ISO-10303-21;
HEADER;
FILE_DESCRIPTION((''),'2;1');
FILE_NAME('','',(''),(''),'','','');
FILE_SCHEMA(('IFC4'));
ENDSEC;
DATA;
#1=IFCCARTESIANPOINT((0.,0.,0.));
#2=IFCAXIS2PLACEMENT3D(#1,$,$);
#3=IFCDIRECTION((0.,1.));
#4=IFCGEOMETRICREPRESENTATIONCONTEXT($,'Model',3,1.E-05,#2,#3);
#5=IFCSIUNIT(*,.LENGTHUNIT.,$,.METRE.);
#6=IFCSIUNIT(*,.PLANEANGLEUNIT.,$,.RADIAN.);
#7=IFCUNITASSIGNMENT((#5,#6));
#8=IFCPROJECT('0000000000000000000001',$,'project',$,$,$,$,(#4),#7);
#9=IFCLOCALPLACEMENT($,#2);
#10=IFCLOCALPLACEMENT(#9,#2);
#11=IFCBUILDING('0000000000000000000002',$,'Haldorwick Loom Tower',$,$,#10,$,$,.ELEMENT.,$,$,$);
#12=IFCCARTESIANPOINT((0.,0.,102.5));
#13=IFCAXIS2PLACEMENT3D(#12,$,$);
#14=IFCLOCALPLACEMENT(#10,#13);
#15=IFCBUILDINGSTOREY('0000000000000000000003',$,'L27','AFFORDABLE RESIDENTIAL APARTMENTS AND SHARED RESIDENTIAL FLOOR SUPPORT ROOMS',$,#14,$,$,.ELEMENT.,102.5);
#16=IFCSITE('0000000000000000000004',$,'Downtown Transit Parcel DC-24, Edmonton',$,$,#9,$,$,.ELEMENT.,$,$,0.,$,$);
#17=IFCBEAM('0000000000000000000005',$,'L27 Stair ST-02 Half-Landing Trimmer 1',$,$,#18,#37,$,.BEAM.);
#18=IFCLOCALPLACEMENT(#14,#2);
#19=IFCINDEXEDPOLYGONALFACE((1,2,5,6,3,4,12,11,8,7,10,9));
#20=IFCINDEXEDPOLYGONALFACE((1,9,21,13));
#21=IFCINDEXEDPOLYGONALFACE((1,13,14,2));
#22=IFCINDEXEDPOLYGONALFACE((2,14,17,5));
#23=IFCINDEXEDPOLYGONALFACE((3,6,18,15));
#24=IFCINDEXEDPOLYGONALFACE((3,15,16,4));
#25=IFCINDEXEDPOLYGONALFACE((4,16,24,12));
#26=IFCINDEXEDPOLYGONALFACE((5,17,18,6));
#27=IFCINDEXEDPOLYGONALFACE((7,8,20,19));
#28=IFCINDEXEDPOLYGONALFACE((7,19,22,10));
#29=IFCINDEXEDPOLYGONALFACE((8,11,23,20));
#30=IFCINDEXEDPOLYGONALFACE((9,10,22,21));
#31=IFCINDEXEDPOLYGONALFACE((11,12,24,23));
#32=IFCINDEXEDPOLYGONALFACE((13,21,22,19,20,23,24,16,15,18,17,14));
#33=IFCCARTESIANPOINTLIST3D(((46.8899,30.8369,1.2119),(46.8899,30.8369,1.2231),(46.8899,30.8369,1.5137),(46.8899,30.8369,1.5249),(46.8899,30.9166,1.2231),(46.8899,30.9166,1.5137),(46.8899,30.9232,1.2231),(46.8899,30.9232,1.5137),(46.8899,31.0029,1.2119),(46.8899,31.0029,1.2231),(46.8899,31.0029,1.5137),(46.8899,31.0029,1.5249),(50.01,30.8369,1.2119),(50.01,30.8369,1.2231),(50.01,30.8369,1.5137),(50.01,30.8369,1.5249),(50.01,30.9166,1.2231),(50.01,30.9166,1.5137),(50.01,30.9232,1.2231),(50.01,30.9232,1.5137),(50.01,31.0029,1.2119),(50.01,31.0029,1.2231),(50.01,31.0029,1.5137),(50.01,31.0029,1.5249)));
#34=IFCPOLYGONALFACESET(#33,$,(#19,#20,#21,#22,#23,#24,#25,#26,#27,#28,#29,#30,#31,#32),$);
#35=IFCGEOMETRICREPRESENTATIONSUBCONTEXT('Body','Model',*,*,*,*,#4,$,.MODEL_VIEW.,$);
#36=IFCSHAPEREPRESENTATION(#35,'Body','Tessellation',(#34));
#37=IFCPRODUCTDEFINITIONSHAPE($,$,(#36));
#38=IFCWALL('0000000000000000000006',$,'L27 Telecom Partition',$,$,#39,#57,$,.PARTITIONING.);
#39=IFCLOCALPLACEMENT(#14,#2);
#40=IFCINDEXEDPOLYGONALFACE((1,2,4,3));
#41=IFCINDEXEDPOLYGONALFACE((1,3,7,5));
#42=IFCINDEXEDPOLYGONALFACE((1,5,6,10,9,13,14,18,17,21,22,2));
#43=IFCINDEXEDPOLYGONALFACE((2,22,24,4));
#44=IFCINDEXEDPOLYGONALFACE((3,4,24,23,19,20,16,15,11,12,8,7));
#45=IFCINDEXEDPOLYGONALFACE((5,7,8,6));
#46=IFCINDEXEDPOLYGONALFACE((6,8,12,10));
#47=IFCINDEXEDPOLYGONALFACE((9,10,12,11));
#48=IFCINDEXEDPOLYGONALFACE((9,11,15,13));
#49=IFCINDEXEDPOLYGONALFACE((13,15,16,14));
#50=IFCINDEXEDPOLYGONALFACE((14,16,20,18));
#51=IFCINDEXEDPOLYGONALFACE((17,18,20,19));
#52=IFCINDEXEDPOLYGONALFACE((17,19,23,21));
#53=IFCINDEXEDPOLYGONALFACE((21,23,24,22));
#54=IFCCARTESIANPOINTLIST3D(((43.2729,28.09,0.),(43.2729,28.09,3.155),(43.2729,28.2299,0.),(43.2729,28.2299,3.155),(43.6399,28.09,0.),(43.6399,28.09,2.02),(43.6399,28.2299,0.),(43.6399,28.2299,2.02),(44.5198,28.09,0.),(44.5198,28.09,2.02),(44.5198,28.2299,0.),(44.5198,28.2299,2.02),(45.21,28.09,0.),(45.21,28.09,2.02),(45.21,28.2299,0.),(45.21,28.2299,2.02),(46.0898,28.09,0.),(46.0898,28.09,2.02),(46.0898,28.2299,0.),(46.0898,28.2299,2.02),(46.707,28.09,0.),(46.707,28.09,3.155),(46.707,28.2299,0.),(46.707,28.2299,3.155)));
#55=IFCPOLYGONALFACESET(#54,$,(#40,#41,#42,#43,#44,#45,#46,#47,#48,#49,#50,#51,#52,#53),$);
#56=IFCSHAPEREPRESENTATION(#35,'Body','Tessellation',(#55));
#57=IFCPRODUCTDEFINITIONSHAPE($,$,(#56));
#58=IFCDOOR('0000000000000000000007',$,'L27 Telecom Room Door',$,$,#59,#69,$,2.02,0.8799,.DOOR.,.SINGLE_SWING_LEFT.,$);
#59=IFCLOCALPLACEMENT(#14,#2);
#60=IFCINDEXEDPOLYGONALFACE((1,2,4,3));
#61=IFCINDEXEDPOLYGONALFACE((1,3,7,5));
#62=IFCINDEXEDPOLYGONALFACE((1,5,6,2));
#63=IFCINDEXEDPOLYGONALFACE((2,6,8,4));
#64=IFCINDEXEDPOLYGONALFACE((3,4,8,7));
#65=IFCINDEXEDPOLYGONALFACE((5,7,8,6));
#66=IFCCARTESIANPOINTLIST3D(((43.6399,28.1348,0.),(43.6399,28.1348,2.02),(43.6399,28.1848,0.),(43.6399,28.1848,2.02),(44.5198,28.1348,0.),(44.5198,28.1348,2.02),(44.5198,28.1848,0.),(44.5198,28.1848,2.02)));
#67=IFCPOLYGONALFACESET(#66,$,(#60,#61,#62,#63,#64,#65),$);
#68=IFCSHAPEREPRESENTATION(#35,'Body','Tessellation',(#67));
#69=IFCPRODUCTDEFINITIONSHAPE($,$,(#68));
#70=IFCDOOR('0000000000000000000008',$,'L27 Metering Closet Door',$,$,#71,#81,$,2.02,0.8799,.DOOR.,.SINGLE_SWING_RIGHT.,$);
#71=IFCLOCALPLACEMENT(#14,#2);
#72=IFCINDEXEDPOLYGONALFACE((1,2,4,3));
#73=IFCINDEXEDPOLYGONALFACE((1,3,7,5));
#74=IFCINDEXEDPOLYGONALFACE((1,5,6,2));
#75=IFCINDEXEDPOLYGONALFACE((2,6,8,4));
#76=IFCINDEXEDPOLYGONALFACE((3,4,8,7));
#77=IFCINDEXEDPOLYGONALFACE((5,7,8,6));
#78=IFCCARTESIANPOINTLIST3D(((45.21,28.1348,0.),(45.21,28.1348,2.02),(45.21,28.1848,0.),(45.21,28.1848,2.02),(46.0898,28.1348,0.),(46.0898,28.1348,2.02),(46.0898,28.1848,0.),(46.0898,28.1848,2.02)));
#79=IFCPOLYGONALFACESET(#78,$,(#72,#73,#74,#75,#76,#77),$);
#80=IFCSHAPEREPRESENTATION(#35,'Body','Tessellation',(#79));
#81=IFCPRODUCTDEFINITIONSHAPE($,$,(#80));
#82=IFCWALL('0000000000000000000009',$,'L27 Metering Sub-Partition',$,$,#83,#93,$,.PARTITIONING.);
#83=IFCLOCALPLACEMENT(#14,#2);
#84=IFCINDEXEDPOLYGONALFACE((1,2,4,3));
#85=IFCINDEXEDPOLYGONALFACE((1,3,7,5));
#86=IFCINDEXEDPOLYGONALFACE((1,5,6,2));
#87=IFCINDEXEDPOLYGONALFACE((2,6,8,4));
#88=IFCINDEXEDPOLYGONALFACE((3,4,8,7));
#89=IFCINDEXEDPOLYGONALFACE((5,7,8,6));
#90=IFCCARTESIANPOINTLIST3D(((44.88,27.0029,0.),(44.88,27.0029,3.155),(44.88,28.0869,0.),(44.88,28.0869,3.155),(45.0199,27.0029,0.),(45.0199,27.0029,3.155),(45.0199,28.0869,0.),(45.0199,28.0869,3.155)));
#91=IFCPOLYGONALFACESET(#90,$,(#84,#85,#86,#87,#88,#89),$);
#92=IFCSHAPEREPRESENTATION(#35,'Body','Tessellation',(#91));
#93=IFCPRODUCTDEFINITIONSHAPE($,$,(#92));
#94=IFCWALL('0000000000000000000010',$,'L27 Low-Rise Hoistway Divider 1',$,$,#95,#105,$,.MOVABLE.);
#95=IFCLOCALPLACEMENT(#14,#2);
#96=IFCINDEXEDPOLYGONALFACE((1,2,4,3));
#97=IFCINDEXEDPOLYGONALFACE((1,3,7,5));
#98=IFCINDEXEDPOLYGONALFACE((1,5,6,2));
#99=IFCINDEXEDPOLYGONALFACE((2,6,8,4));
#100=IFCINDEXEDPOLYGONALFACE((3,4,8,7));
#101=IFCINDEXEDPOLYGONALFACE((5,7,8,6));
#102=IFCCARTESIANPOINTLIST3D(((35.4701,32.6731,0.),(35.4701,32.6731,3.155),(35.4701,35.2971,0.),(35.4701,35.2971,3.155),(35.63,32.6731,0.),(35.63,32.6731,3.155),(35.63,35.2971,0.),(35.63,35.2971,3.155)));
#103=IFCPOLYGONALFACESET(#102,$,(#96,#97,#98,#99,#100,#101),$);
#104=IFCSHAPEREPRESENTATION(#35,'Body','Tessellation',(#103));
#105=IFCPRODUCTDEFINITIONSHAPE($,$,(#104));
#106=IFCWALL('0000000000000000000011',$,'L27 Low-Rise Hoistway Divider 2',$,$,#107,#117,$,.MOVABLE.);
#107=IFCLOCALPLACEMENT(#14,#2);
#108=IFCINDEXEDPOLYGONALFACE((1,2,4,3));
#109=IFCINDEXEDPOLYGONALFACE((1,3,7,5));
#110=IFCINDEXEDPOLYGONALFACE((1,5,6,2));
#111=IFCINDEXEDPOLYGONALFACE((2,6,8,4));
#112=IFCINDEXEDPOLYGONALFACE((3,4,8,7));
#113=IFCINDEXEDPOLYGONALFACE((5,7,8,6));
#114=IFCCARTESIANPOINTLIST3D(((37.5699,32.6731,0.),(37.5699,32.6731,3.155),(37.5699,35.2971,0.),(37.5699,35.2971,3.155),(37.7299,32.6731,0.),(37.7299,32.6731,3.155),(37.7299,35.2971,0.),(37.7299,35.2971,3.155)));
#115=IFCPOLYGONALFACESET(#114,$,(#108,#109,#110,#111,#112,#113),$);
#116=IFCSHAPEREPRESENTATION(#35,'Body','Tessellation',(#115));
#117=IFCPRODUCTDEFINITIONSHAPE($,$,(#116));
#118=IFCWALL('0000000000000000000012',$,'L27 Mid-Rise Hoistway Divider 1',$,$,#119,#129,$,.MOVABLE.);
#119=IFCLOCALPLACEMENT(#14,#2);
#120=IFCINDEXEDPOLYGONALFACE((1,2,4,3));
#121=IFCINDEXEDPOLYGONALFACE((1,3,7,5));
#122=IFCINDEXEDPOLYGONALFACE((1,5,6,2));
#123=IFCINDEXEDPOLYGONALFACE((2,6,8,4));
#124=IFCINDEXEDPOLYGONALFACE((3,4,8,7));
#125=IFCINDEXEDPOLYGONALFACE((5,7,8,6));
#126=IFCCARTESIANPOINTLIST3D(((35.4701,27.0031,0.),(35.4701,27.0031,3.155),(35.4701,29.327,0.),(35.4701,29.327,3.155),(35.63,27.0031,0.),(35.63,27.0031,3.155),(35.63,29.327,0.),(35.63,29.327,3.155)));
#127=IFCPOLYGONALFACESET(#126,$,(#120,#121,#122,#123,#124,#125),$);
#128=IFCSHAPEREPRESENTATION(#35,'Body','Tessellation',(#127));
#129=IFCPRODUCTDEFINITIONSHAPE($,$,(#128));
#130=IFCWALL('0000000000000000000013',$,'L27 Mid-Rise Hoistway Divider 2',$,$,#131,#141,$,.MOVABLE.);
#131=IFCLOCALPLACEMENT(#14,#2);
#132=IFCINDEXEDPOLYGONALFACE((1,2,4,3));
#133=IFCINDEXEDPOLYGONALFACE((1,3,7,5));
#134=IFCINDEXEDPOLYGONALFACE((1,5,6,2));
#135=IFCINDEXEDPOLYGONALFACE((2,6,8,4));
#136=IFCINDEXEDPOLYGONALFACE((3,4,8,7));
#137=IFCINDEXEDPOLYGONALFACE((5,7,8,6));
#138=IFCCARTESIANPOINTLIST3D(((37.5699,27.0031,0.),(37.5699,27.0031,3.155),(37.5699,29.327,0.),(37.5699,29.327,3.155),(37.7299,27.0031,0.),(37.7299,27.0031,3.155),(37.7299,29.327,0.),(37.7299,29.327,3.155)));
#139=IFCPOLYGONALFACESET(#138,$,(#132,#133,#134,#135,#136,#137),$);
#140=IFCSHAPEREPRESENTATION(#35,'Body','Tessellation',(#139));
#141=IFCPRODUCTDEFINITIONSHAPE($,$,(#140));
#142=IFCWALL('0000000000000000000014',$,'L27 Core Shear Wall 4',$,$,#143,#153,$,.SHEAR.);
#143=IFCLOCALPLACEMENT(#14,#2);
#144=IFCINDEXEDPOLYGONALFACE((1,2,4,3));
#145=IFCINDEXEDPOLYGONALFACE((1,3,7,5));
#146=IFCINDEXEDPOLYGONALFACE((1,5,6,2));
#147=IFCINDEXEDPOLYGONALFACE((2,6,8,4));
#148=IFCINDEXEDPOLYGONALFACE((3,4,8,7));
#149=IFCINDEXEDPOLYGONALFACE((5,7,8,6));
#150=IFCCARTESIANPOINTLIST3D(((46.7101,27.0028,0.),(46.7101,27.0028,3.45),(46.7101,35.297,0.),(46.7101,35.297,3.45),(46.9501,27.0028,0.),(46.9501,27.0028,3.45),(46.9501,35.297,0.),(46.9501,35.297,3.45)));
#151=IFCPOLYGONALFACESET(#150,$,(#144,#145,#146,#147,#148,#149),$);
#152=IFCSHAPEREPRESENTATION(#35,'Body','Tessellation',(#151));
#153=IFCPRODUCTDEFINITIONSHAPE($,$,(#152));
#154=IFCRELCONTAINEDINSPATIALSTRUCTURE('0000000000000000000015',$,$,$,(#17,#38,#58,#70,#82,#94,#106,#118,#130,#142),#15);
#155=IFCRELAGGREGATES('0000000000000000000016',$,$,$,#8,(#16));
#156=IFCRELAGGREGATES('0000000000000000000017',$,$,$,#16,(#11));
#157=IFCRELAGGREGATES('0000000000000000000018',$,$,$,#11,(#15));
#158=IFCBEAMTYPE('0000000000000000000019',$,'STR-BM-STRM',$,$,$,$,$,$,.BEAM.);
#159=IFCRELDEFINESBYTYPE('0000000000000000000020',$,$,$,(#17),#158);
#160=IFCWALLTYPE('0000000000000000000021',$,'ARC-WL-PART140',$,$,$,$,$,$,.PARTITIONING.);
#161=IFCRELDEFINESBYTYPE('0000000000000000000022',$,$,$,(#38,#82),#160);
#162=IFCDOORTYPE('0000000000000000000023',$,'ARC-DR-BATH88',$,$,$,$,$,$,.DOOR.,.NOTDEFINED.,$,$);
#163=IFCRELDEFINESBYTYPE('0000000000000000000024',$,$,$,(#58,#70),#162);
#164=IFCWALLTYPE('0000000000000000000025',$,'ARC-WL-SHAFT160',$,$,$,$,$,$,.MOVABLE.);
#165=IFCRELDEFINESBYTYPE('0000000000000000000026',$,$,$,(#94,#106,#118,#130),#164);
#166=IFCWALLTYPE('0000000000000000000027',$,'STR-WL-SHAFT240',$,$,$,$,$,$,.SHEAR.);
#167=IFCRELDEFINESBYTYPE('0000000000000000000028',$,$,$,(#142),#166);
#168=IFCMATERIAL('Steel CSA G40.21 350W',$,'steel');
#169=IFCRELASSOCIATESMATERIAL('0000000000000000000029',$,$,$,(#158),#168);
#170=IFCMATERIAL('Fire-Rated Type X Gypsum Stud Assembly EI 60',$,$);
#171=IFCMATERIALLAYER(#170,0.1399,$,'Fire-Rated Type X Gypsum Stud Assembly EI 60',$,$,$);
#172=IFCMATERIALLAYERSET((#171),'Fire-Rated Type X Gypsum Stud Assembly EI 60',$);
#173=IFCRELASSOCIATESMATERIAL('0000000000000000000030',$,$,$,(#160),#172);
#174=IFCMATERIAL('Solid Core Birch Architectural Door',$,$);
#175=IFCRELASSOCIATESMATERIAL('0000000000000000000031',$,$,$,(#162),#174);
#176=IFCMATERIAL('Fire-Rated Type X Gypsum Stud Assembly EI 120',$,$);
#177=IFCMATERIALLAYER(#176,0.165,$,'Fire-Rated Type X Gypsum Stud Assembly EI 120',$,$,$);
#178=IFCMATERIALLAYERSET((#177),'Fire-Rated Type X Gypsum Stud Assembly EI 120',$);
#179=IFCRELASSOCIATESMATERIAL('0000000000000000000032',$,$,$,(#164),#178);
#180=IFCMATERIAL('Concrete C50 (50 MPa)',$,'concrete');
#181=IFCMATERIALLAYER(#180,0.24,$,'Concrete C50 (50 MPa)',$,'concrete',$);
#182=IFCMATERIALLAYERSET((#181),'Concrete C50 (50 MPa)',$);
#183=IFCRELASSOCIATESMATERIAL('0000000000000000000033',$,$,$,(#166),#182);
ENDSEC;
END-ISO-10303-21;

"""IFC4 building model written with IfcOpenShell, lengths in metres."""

from ifc_helpers import new_model, si_unit, direction, frame, frame_2d, origin, origin_2d, place, context, subcontext, project, spatial, rectangle, i_section, extrude, material, layer, layer_set, material_profile, profile_set, type_object, element, fill, save


model = new_model("IFC4")

# Units and contexts
model_context = context("Model", 3, precision=1e-05, world=origin(), true_north=direction((0.0, 1.0)))
body_context = subcontext(model_context, "Body", "Model", "MODEL_VIEW")
ifc_project = project(units=[si_unit("LENGTHUNIT", "METRE"), si_unit("PLANEANGLEUNIT", "RADIAN")], contexts=[model_context])

# Site, building, storey
site_placement = place(None, origin())
site = spatial("IfcSite", under=ifc_project, at=site_placement, Name="Downtown Transit Parcel DC-24, Edmonton", CompositionType="ELEMENT", RefElevation=0.0)
building_placement = place(site_placement, origin())
building = spatial("IfcBuilding", under=site, at=building_placement, Name="Haldorwick Loom Tower", CompositionType="ELEMENT")
storey_placement = place(building_placement, frame((0.0, 0.0, 102.5)))
storey = spatial("IfcBuildingStorey", under=building, at=storey_placement, Name="L27", Description="AFFORDABLE RESIDENTIAL APARTMENTS AND SHARED RESIDENTIAL FLOOR SUPPORT ROOMS", CompositionType="ELEMENT", Elevation=102.5)

# Beam
ifc_material_1 = material(Name="Steel CSA G40.21 350W", Category="steel")
ifc_material_profile_1 = material_profile(ifc_material_1, i_section(OverallWidth=0.166, OverallDepth=0.313, WebThickness=0.0066, FlangeThickness=0.0112, at=origin_2d()), Name="W310X45", Category="steel")
ifc_profile_set_1 = profile_set([ifc_material_profile_1], Name="Steel CSA G40.21 350W")
beam_type_1 = type_object("IfcBeamType", Name="STR-BM-STRM", PredefinedType="BEAM", material=ifc_profile_set_1)
for number, where, z_axis, x_axis, name in (
    (1, (46.8899, 30.9199, 1.3684), (1.0, 0.0, 0.0), (0.0, 1.0, 0.0), "L27 Stair ST-02 Half-Landing Trimmer 1"),
):
    element("IfcBeam", number, at=place(storey_placement, frame(where, z_axis=z_axis, x_axis=x_axis)), inside=storey, type_object=beam_type_1, Name=name, PredefinedType="BEAM", context=body_context, shape_type="SweptSolid", body=[
        extrude(i_section(OverallWidth=0.166, OverallDepth=0.313, WebThickness=0.0066, FlangeThickness=0.0112, at=origin_2d()), origin(), (0.0, 0.0, 1.0), 3.1201),
    ])

# Wall, openings, doors
ifc_material_2 = material(Name="Fire-Rated Type X Gypsum Stud Assembly EI 60")
ifc_layer_1 = layer(ifc_material_2, 0.1399, Name="Fire-Rated Type X Gypsum Stud Assembly EI 60")
ifc_layer_set_1 = layer_set([ifc_layer_1], Name="Fire-Rated Type X Gypsum Stud Assembly EI 60")
wall_type_1 = type_object("IfcWallType", Name="ARC-WL-PART140", PredefinedType="PARTITIONING", material=ifc_layer_set_1)
wall_1_placement = place(storey_placement, frame((43.2729, 28.1599, 0.0), z_axis=(0.0, 0.0, 1.0), x_axis=(1.0, 0.0, 0.0)))
wall_1 = element("IfcWall", 2, at=wall_1_placement, inside=storey, type_object=wall_type_1, Name="L27 Telecom Partition", PredefinedType="PARTITIONING", context=body_context, shape_type="SweptSolid", body=[
    extrude(rectangle(XDim=3.4341, YDim=0.1399, at=frame_2d((1.717, 0.0))), origin(), (0.0, 0.0, 1.0), 3.155),
])
opening_1_placement = place(wall_1_placement, frame((0.3669, 0.0, 0.0)))
opening_1 = element("IfcOpeningElement", 3, at=opening_1_placement, cuts=wall_1, PredefinedType="OPENING", context=body_context, shape_type="SweptSolid", body=[
    extrude(rectangle(XDim=0.8799, YDim=2.02, at=frame_2d((0.4399, 1.01))), frame((0.0, 0.0798, 0.0), z_axis=(0.0, -1.0, 0.0), x_axis=(1.0, 0.0, 0.0)), (0.0, 0.0, 1.0), 0.1599),
])
opening_2_placement = place(wall_1_placement, frame((1.937, 0.0, 0.0)))
opening_2 = element("IfcOpeningElement", 4, at=opening_2_placement, cuts=wall_1, PredefinedType="OPENING", context=body_context, shape_type="SweptSolid", body=[
    extrude(rectangle(XDim=0.8799, YDim=2.02, at=frame_2d((0.4399, 1.01))), frame((0.0, 0.0798, 0.0), z_axis=(0.0, -1.0, 0.0), x_axis=(1.0, 0.0, 0.0)), (0.0, 0.0, 1.0), 0.1599),
])
ifc_material_3 = material(Name="Solid Core Birch Architectural Door")
door_type_1 = type_object("IfcDoorType", Name="ARC-DR-BATH88", OperationType="NOTDEFINED", PredefinedType="DOOR", material=ifc_material_3)
door_1_placement = place(opening_1_placement, origin())
door_1 = element("IfcDoor", 5, at=door_1_placement, inside=storey, type_object=door_type_1, Name="L27 Telecom Room Door", OperationType="SINGLE_SWING_LEFT", OverallHeight=2.02, OverallWidth=0.8799, PredefinedType="DOOR", context=body_context, shape_type="SweptSolid", body=[
    extrude(rectangle(XDim=0.8799, YDim=2.02, at=frame_2d((0.4399, 1.01))), frame((0.0, 0.0249, 0.0), z_axis=(0.0, -1.0, 0.0), x_axis=(1.0, 0.0, 0.0)), (0.0, 0.0, 1.0), 0.05),
])
fill(opening_1, door_1)
door_2_placement = place(opening_2_placement, origin())
door_2 = element("IfcDoor", 6, at=door_2_placement, inside=storey, type_object=door_type_1, Name="L27 Metering Closet Door", OperationType="SINGLE_SWING_RIGHT", OverallHeight=2.02, OverallWidth=0.8799, PredefinedType="DOOR", context=body_context, shape_type="SweptSolid", body=[
    extrude(rectangle(XDim=0.8799, YDim=2.02, at=frame_2d((0.4399, 1.01))), frame((0.0, 0.0249, 0.0), z_axis=(0.0, -1.0, 0.0), x_axis=(1.0, 0.0, 0.0)), (0.0, 0.0, 1.0), 0.05),
])
fill(opening_2, door_2)

# Walls
wall_2_placement = place(storey_placement, frame((44.95, 27.0029, 0.0), z_axis=(0.0, 0.0, 1.0), x_axis=(0.0, 1.0, 0.0)))
element("IfcWall", 7, at=wall_2_placement, inside=storey, type_object=wall_type_1, Name="L27 Metering Sub-Partition", PredefinedType="PARTITIONING", context=body_context, shape_type="SweptSolid", body=[
    extrude(rectangle(XDim=1.084, YDim=0.1399, at=frame_2d((0.542, 0.0))), origin(), (0.0, 0.0, 1.0), 3.155),
])
ifc_material_4 = material(Name="Fire-Rated Type X Gypsum Stud Assembly EI 120")
ifc_layer_2 = layer(ifc_material_4, 0.165, Name="Fire-Rated Type X Gypsum Stud Assembly EI 120")
ifc_layer_set_2 = layer_set([ifc_layer_2], Name="Fire-Rated Type X Gypsum Stud Assembly EI 120")
wall_type_2 = type_object("IfcWallType", Name="ARC-WL-SHAFT160", PredefinedType="MOVABLE", material=ifc_layer_set_2)
for number, where, z_axis, x_axis, name in (
    (8, (35.55, 32.6731, 0.0), (0.0, 0.0, 1.0), (0.0, 1.0, 0.0), "L27 Low-Rise Hoistway Divider 1"),
    (9, (37.6499, 32.6731, 0.0), (0.0, 0.0, 1.0), (0.0, 1.0, 0.0), "L27 Low-Rise Hoistway Divider 2"),
):
    element("IfcWall", number, at=place(storey_placement, frame(where, z_axis=z_axis, x_axis=x_axis)), inside=storey, type_object=wall_type_2, Name=name, PredefinedType="MOVABLE", context=body_context, shape_type="SweptSolid", body=[
        extrude(rectangle(XDim=2.624, YDim=0.1599, at=frame_2d((1.312, 0.0))), origin(), (0.0, 0.0, 1.0), 3.155),
    ])
for number, where, z_axis, x_axis, name in (
    (10, (35.55, 27.0029, 0.0), (0.0, 0.0, 1.0), (0.0, 1.0, 0.0), "L27 Mid-Rise Hoistway Divider 1"),
    (11, (37.6499, 27.0029, 0.0), (0.0, 0.0, 1.0), (0.0, 1.0, 0.0), "L27 Mid-Rise Hoistway Divider 2"),
):
    element("IfcWall", number, at=place(storey_placement, frame(where, z_axis=z_axis, x_axis=x_axis)), inside=storey, type_object=wall_type_2, Name=name, PredefinedType="MOVABLE", context=body_context, shape_type="SweptSolid", body=[
        extrude(rectangle(XDim=2.324, YDim=0.1599, at=frame_2d((1.1621, 0.0))), origin(), (0.0, 0.0, 1.0), 3.155),
    ])
ifc_material_5 = material(Name="Concrete C50 (50 MPa)", Category="concrete")
ifc_layer_3 = layer(ifc_material_5, 0.24, Name="Concrete C50 (50 MPa)", Category="concrete")
ifc_layer_set_3 = layer_set([ifc_layer_3], Name="Concrete C50 (50 MPa)")
wall_type_3 = type_object("IfcWallType", Name="STR-WL-SHAFT240", PredefinedType="SHEAR", material=ifc_layer_set_3)
wall_3_placement = place(storey_placement, frame((46.8301, 27.0029, 0.0), z_axis=(0.0, 0.0, 1.0), x_axis=(0.0, 1.0, 0.0)))
element("IfcWall", 12, at=wall_3_placement, inside=storey, type_object=wall_type_3, Name="L27 Core Shear Wall 4", PredefinedType="SHEAR", context=body_context, shape_type="SweptSolid", body=[
    extrude(rectangle(XDim=8.2942, YDim=0.24, at=frame_2d((4.147, 0.0))), origin(), (0.0, 0.0, 1.0), 3.45),
])

save(model, "model.ifc")
